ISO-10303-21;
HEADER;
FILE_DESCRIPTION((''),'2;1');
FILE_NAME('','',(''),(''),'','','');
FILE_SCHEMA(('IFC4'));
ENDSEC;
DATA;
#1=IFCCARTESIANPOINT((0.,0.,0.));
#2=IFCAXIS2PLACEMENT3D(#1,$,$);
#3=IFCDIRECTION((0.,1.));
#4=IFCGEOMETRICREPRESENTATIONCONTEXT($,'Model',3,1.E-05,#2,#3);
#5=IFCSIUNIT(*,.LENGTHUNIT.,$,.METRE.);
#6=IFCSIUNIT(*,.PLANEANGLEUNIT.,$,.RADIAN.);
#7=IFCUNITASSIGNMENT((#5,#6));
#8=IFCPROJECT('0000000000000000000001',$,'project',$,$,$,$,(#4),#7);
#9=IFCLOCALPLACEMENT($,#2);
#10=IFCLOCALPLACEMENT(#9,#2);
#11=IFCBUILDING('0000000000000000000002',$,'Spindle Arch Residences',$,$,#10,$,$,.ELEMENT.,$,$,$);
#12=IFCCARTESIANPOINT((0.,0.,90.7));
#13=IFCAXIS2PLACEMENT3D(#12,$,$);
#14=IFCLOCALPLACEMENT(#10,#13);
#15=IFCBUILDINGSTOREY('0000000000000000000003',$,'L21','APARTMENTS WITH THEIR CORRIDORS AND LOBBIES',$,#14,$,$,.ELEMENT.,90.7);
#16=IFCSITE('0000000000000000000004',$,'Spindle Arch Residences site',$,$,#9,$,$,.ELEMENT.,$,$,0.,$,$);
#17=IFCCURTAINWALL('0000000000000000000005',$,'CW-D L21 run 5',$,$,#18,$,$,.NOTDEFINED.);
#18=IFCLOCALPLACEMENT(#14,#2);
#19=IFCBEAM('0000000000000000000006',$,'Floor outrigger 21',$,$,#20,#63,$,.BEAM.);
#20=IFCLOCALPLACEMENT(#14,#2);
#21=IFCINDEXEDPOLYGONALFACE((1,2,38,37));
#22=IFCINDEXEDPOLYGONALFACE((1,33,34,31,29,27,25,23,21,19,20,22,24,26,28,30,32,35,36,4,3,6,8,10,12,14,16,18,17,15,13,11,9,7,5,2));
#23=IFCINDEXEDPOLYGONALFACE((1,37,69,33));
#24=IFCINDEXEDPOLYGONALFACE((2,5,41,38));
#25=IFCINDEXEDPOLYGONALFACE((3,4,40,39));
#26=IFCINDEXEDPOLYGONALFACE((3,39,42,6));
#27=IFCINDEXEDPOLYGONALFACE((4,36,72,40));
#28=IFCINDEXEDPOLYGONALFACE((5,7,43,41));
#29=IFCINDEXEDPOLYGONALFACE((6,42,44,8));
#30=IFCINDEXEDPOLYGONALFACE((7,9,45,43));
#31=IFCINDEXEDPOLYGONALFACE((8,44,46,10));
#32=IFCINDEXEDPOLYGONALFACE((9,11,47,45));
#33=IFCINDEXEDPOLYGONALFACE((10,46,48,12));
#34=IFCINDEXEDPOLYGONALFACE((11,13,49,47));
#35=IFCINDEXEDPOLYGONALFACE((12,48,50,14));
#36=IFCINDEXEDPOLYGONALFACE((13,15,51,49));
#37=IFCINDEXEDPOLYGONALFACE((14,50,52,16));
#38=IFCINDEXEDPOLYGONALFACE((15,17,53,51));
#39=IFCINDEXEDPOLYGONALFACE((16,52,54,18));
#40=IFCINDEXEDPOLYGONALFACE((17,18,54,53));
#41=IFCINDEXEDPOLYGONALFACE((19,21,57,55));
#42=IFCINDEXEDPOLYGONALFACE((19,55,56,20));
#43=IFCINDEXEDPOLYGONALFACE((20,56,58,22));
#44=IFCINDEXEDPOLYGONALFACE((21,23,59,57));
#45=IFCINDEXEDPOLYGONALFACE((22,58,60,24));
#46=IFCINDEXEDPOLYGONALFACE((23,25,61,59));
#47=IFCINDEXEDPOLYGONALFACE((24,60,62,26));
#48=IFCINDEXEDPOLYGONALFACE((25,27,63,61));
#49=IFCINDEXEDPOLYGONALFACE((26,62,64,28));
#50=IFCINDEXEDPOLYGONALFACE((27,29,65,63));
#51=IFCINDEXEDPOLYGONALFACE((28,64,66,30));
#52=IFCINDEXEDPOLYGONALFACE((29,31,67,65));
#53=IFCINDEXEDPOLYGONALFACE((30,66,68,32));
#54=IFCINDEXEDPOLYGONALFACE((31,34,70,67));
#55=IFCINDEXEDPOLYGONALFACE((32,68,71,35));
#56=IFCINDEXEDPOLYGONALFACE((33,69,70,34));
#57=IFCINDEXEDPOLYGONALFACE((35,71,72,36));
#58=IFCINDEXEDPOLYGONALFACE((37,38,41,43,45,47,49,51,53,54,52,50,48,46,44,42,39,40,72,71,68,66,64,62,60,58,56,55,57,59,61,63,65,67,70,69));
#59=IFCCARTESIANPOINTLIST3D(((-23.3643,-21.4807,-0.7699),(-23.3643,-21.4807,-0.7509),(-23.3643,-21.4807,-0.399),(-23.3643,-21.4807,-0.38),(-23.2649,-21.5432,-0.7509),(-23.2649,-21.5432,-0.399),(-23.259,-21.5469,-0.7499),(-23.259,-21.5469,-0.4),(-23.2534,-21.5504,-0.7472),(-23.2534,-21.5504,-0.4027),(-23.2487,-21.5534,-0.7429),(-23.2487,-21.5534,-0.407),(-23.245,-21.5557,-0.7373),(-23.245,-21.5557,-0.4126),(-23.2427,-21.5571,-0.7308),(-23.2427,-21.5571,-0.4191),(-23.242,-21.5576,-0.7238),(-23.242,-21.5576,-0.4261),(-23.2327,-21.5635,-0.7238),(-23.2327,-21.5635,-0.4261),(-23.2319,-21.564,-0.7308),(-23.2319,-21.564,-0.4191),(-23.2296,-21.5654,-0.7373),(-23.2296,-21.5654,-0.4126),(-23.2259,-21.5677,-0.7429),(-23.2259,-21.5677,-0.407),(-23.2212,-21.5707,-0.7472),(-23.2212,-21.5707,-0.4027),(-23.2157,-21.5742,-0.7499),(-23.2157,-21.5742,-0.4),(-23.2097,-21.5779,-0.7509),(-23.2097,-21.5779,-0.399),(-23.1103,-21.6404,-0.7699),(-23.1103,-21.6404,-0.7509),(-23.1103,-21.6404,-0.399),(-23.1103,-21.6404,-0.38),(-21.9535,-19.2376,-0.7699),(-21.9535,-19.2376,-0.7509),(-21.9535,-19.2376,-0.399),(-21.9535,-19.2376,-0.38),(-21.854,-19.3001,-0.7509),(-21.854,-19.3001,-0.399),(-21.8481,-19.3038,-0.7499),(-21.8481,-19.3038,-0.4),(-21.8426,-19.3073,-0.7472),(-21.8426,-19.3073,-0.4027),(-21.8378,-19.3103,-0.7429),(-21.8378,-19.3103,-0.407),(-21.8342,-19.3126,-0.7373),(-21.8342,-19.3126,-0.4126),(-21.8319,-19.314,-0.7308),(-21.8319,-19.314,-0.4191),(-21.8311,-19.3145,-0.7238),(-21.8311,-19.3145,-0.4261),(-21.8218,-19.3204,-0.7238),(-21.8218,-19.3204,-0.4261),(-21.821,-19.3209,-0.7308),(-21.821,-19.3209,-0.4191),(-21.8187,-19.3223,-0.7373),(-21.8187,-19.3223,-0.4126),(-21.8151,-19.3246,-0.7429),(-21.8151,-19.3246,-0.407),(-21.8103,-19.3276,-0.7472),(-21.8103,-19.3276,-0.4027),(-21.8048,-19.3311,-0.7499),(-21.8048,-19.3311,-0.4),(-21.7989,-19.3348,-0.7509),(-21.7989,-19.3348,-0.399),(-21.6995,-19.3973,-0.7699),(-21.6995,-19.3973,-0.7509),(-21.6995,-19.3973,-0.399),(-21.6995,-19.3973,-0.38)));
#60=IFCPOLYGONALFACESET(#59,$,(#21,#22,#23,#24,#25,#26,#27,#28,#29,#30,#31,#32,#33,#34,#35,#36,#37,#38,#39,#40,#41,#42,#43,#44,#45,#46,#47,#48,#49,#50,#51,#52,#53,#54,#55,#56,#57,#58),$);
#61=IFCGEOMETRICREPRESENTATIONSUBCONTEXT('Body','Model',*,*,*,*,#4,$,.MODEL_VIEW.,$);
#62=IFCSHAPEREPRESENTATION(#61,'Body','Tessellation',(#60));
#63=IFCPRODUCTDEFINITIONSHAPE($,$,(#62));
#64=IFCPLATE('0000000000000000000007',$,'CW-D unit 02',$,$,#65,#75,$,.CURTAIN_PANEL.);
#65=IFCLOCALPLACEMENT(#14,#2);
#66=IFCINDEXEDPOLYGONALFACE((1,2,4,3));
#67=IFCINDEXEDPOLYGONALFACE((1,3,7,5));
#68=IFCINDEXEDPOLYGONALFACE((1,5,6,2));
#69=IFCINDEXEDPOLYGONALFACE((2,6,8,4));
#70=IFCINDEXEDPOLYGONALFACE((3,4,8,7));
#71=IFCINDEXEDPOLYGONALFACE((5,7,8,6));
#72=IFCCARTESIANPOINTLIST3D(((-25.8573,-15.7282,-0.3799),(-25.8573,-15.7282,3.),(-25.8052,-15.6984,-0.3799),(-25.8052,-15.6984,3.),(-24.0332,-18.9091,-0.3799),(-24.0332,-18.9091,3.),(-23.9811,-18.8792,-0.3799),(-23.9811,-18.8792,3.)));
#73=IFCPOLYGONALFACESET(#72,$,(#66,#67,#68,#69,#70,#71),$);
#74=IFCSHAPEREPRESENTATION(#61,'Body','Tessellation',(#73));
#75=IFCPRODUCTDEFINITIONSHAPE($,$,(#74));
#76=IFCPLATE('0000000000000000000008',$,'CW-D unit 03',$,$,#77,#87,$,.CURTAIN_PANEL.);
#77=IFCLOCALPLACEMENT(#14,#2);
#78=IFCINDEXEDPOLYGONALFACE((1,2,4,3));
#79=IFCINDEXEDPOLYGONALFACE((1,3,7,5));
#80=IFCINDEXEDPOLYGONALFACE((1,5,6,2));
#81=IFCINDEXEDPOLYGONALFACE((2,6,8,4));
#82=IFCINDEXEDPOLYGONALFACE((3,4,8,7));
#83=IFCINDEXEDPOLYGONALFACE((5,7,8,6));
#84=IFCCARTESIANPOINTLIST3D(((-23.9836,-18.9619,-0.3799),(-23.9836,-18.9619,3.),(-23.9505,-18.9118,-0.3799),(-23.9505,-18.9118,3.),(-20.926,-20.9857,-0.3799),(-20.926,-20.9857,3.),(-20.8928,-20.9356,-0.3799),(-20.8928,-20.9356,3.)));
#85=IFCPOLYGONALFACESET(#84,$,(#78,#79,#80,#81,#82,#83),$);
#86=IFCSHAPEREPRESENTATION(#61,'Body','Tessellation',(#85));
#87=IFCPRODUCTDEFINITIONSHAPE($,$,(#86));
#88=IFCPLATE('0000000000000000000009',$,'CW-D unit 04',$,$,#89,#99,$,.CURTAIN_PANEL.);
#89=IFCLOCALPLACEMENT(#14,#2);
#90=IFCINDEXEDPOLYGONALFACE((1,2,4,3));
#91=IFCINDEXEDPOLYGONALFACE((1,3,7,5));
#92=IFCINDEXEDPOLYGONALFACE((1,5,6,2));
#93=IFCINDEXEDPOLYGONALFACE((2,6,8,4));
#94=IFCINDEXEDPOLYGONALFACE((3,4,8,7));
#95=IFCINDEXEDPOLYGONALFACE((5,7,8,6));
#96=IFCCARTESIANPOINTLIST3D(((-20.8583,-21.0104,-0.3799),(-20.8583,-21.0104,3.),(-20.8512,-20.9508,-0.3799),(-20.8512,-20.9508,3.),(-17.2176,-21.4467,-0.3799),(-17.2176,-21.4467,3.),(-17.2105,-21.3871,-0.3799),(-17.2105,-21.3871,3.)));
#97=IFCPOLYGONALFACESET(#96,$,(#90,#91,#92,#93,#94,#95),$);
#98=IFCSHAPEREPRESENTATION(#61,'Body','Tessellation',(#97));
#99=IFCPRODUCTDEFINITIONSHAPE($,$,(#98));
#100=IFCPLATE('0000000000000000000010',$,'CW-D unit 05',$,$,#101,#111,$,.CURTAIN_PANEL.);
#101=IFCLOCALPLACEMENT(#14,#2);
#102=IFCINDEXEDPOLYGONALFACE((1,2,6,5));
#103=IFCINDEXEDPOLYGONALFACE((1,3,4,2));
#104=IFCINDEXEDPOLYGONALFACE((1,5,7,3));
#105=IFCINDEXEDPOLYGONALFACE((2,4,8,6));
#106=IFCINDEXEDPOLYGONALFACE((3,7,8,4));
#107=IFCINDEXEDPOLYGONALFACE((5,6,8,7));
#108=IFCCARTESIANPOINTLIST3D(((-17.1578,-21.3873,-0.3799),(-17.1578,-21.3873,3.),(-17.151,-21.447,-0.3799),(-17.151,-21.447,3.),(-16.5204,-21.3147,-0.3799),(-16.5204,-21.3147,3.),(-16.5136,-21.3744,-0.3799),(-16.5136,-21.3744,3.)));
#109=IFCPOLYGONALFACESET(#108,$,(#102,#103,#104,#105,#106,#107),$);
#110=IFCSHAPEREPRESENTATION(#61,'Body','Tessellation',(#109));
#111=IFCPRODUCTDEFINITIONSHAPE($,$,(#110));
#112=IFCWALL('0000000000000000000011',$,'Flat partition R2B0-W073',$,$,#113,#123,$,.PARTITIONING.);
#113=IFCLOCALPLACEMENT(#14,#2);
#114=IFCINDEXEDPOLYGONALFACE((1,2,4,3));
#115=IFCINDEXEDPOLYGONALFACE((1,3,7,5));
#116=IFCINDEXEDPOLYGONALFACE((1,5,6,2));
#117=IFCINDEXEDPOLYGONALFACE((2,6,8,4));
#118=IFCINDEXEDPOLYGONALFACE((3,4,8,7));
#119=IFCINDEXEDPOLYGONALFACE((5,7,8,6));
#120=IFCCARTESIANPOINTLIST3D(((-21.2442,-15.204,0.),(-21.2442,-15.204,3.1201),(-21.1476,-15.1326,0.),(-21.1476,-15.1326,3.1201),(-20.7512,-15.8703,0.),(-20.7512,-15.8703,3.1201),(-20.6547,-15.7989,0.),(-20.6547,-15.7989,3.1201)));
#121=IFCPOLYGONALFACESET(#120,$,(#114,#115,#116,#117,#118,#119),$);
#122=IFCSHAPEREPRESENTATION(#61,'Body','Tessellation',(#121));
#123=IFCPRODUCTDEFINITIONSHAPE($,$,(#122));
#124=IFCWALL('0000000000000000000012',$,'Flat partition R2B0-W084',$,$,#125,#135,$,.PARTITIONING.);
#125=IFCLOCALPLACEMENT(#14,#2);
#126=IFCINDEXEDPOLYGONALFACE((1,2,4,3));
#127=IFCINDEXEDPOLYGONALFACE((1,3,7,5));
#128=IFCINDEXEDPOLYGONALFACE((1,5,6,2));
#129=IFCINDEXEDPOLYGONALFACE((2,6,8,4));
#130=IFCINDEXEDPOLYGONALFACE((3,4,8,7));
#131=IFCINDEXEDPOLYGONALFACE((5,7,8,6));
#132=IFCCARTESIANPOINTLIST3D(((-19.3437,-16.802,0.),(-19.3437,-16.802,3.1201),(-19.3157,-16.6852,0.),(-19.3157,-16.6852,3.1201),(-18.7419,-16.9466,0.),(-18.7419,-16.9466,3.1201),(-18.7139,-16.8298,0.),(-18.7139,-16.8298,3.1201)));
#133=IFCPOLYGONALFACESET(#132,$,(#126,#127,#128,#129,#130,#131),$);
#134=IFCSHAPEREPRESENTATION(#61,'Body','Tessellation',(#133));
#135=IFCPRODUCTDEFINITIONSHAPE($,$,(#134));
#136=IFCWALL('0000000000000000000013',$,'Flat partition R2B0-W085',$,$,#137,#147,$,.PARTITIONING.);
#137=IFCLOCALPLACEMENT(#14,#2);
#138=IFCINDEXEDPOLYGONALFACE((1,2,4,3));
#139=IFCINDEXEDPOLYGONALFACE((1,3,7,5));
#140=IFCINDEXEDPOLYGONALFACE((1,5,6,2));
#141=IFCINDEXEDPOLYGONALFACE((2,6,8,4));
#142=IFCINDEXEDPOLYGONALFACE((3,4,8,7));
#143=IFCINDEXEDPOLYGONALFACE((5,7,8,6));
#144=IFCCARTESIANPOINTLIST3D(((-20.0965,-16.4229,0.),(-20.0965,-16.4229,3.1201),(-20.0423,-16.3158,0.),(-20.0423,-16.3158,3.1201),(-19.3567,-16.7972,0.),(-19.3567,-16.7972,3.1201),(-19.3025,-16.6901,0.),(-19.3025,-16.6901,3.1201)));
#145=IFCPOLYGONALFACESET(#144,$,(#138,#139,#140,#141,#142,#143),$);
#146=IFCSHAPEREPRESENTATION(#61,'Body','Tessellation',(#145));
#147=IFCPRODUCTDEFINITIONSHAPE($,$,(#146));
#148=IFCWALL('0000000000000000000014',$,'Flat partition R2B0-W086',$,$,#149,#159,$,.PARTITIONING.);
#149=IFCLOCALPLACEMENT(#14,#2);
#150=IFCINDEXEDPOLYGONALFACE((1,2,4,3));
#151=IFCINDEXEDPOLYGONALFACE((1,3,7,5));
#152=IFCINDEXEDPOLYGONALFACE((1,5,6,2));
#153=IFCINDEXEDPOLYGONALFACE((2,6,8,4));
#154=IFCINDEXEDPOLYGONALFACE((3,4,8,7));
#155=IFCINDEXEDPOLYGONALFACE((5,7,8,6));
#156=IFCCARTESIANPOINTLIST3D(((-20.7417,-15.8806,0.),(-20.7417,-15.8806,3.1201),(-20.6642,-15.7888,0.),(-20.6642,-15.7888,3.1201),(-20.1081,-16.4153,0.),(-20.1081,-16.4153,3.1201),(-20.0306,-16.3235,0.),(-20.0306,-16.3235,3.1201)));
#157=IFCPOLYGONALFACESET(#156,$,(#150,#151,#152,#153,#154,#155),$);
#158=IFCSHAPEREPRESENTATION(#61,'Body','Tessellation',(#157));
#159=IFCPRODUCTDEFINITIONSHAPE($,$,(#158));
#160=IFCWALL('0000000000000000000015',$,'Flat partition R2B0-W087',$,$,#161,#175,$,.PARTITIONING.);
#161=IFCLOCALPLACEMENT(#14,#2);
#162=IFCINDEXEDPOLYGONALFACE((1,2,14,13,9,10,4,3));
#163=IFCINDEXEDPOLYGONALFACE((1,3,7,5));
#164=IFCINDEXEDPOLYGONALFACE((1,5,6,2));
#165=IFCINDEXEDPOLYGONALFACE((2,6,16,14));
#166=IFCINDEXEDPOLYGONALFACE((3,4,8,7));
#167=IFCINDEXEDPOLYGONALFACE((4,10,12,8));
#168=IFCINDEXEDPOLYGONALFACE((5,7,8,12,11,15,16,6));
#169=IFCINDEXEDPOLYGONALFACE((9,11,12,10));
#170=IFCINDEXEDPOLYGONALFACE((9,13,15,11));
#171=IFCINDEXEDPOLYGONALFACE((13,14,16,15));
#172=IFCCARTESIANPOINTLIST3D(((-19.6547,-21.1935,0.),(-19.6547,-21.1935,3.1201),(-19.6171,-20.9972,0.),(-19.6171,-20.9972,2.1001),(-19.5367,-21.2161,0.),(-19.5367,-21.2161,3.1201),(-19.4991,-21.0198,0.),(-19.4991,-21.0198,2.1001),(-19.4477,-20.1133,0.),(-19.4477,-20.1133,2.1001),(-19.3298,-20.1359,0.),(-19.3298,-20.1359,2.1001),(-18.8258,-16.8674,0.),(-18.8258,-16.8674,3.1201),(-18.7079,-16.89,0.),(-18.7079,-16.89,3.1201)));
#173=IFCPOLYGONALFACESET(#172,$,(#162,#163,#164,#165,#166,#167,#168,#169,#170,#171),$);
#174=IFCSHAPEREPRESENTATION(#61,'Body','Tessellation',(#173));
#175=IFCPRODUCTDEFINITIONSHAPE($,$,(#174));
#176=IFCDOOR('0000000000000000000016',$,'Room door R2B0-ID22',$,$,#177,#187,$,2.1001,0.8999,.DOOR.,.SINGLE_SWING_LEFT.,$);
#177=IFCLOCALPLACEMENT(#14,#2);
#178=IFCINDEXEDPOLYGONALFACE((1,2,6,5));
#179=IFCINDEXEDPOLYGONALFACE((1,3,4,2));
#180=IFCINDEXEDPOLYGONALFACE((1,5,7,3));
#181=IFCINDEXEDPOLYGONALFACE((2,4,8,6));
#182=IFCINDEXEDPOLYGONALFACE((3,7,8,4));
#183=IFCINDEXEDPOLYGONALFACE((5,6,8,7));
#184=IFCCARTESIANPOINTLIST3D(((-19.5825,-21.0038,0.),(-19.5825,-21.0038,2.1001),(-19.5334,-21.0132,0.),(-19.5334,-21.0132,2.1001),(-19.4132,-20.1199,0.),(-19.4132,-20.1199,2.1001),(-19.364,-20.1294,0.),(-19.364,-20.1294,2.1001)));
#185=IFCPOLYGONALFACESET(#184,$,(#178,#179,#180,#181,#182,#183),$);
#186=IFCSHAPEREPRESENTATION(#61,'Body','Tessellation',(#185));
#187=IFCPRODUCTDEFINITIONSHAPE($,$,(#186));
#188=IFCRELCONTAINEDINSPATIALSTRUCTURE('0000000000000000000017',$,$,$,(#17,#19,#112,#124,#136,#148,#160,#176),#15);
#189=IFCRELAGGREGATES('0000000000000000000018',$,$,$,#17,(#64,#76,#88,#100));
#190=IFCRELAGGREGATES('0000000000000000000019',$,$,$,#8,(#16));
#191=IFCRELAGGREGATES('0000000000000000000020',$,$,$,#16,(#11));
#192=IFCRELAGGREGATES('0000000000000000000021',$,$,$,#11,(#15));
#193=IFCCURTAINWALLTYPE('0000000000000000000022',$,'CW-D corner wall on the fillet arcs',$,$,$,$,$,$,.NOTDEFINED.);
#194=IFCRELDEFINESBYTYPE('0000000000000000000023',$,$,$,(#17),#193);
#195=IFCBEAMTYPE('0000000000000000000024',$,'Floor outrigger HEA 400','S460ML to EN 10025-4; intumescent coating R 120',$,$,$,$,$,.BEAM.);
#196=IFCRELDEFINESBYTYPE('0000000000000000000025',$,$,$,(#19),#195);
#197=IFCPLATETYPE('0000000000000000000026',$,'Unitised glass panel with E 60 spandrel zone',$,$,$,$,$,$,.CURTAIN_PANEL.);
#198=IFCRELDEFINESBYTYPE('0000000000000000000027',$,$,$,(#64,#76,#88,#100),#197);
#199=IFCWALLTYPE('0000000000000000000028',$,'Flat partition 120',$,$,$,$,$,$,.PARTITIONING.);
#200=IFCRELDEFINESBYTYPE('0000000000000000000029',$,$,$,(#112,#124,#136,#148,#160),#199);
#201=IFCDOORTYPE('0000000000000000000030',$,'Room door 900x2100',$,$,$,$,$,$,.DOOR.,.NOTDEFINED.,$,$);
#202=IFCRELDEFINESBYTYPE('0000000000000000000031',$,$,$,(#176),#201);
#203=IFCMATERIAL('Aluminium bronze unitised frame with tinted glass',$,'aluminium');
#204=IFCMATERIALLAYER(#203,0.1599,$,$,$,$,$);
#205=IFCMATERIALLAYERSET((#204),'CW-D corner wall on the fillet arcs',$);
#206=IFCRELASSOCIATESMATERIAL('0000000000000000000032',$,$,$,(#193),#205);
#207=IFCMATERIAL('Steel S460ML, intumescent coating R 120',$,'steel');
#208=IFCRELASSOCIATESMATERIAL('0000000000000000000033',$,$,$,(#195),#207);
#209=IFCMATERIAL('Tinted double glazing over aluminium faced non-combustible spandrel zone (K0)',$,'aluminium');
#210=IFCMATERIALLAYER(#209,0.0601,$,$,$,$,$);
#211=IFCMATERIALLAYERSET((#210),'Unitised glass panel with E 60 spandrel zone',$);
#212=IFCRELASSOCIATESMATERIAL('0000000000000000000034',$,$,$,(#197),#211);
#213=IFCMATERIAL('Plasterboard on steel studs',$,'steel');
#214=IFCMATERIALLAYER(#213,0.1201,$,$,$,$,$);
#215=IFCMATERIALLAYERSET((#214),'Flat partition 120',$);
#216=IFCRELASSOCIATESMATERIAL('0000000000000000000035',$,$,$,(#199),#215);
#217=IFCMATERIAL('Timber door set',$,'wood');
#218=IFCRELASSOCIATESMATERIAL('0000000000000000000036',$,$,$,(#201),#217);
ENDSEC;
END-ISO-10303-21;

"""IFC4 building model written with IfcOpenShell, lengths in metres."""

from ifc_helpers import new_model, si_unit, direction, frame, frame_2d, origin, origin_2d, place, context, subcontext, project, spatial, rectangle, i_section, extrude, material, layer, layer_set, material_profile, profile_set, type_object, element, fill, aggregate, save


model = new_model("IFC4")

# Units and contexts
model_context = context("Model", 3, precision=1e-05, world=origin(), true_north=direction((0.0, 1.0)))
body_context = subcontext(model_context, "Body", "Model", "MODEL_VIEW")
ifc_project = project(units=[si_unit("LENGTHUNIT", "METRE"), si_unit("PLANEANGLEUNIT", "RADIAN")], contexts=[model_context])

# Site, building, storey
site_placement = place(None, origin())
site = spatial("IfcSite", under=ifc_project, at=site_placement, Name="Spindle Arch Residences site", CompositionType="ELEMENT", RefElevation=0.0)
building_placement = place(site_placement, origin())
building = spatial("IfcBuilding", under=site, at=building_placement, Name="Spindle Arch Residences", CompositionType="ELEMENT")
storey_placement = place(building_placement, frame((0.0, 0.0, 90.7)))
storey = spatial("IfcBuildingStorey", under=building, at=storey_placement, Name="L21", Description="APARTMENTS WITH THEIR CORRIDORS AND LOBBIES", CompositionType="ELEMENT", Elevation=90.7)

# Curtain wall
ifc_material_1 = material(Name="Aluminium bronze unitised frame with tinted glass", Category="aluminium")
ifc_layer_1 = layer(ifc_material_1, 0.1599)
ifc_layer_set_1 = layer_set([ifc_layer_1], Name="CW-D corner wall on the fillet arcs")
curtain_wall_type_1 = type_object("IfcCurtainWallType", Name="CW-D corner wall on the fillet arcs", PredefinedType="NOTDEFINED", material=ifc_layer_set_1)
curtain_wall_1_placement = place(storey_placement, origin())
curtain_wall_1 = element("IfcCurtainWall", 1, at=curtain_wall_1_placement, inside=storey, type_object=curtain_wall_type_1, Name="CW-D L21 run 5", PredefinedType="NOTDEFINED")

# Beam
ifc_material_2 = material(Name="Steel S460ML, intumescent coating R 120", Category="steel")
ifc_material_profile_1 = material_profile(ifc_material_2, i_section(OverallWidth=0.3, OverallDepth=0.3899, WebThickness=0.011, FlangeThickness=0.019, FilletRadius=0.0271, at=origin_2d()), Name="HEA 400")
ifc_profile_set_1 = profile_set([ifc_material_profile_1], Name="Steel S460ML, intumescent coating R 120")
beam_type_1 = type_object("IfcBeamType", Name="Floor outrigger HEA 400", Description="S460ML to EN 10025-4; intumescent coating R 120", PredefinedType="BEAM", material=ifc_profile_set_1)
for number, where, z_axis, x_axis, name in (
    (2, (-23.2373, -21.5605, -0.575), (0.532415, 0.846484, 0.0), (-0.846484, 0.532415, 0.0), "Floor outrigger 21"),
):
    element("IfcBeam", number, at=place(storey_placement, frame(where, z_axis=z_axis, x_axis=x_axis)), inside=storey, type_object=beam_type_1, Name=name, PredefinedType="BEAM", context=body_context, shape_type="SweptSolid", body=[
        extrude(i_section(OverallWidth=0.3, OverallDepth=0.3899, WebThickness=0.011, FlangeThickness=0.019, FilletRadius=0.0271, at=origin_2d()), origin(), (0.0, 0.0, 1.0), 2.6499),
    ])

# Plates
ifc_material_3 = material(Name="Tinted double glazing over aluminium faced non-combustible spandrel zone (K0)", Category="aluminium")
ifc_layer_2 = layer(ifc_material_3, 0.0601)
ifc_layer_set_2 = layer_set([ifc_layer_2], Name="Unitised glass panel with E 60 spandrel zone")
plate_type = type_object("IfcPlateType", Name="Unitised glass panel with E 60 spandrel zone", PredefinedType="CURTAIN_PANEL", material=ifc_layer_set_2)
plate_1_placement = place(storey_placement, frame((-24.9192, -17.3037, -0.3799), z_axis=(0.0, 0.0, 1.0), x_axis=(0.497479, -0.867476, 0.0)))
plate_1 = element("IfcPlate", 3, at=plate_1_placement, type_object=plate_type, Name="CW-D unit 02", PredefinedType="CURTAIN_PANEL", context=body_context, shape_type="SweptSolid", body=[
    extrude(rectangle(XDim=3.6667, YDim=0.0601, at=origin_2d()), origin(), (0.0, 0.0, 1.0), 3.3799),
])
plate_2_placement = place(storey_placement, frame((-22.4382, -19.9487, -0.3799), z_axis=(0.0, 0.0, 1.0), x_axis=(0.833886, -0.551937, 0.0)))
plate_2 = element("IfcPlate", 4, at=plate_2_placement, type_object=plate_type, Name="CW-D unit 03", PredefinedType="CURTAIN_PANEL", context=body_context, shape_type="SweptSolid", body=[
    extrude(rectangle(XDim=3.6667, YDim=0.0601, at=origin_2d()), origin(), (0.0, 0.0, 1.0), 3.3799),
])
plate_3_placement = place(storey_placement, frame((-19.0344, -21.1987, -0.3799), z_axis=(0.0, 0.0, 1.0), x_axis=(0.992896, -0.118982, 0.0)))
plate_3 = element("IfcPlate", 5, at=plate_3_placement, type_object=plate_type, Name="CW-D unit 04", PredefinedType="CURTAIN_PANEL", context=body_context, shape_type="SweptSolid", body=[
    extrude(rectangle(XDim=3.6667, YDim=0.0601, at=origin_2d()), origin(), (0.0, 0.0, 1.0), 3.3799),
])
plate_4_placement = place(storey_placement, frame((-16.8357, -21.3809, -0.3799), z_axis=(0.0, 0.0, 1.0), x_axis=(0.993572, 0.113203, 0.0)))
plate_4 = element("IfcPlate", 6, at=plate_4_placement, type_object=plate_type, Name="CW-D unit 05", PredefinedType="CURTAIN_PANEL", context=body_context, shape_type="SweptSolid", body=[
    extrude(rectangle(XDim=0.6416, YDim=0.0601, at=origin_2d()), origin(), (0.0, 0.0, 1.0), 3.3799),
])
aggregate(curtain_wall_1, [plate_1, plate_2, plate_3, plate_4])

# Walls
ifc_material_4 = material(Name="Plasterboard on steel studs", Category="steel")
ifc_layer_3 = layer(ifc_material_4, 0.1201)
ifc_layer_set_3 = layer_set([ifc_layer_3], Name="Flat partition 120")
wall_type_1 = type_object("IfcWallType", Name="Flat partition 120", PredefinedType="PARTITIONING", material=ifc_layer_set_3)
wall_1_placement = place(storey_placement, frame((-20.7029, -15.8347, 0.0), z_axis=(0.0, 0.0, 1.0), x_axis=(-0.594755, 0.803907, 0.0)))
element("IfcWall", 7, at=wall_1_placement, inside=storey, type_object=wall_type_1, Name="Flat partition R2B0-W073", PredefinedType="PARTITIONING", context=body_context, shape_type="SweptSolid", body=[
    extrude(rectangle(XDim=0.8289, YDim=0.1201, at=frame_2d((0.4146, 0.0))), origin(), (0.0, 0.0, 1.0), 3.1201),
])
wall_2_placement = place(storey_placement, frame((-18.7278, -16.8882, 0.0), z_axis=(0.0, 0.0, 1.0), x_axis=(-0.972351, 0.233522, 0.0)))
element("IfcWall", 8, at=wall_2_placement, inside=storey, type_object=wall_type_1, Name="Flat partition R2B0-W084", PredefinedType="PARTITIONING", context=body_context, shape_type="SweptSolid", body=[
    extrude(rectangle(XDim=0.6189, YDim=0.1201, at=frame_2d((0.3096, 0.0))), origin(), (0.0, 0.0, 1.0), 3.1201),
])
for number, where, z_axis, x_axis, name in (
    (9, (-19.3296, -16.7437, 0.0), (0.0, 0.0, 1.0), (-0.892297, 0.451449, 0.0), "Flat partition R2B0-W085"),
    (10, (-20.0693, -16.3694, 0.0), (0.0, 0.0, 1.0), (-0.764223, 0.644952, 0.0), "Flat partition R2B0-W086"),
):
    element("IfcWall", number, at=place(storey_placement, frame(where, z_axis=z_axis, x_axis=x_axis)), inside=storey, type_object=wall_type_1, Name=name, PredefinedType="PARTITIONING", context=body_context, shape_type="SweptSolid", body=[
        extrude(rectangle(XDim=0.8291, YDim=0.1201, at=frame_2d((0.4146, 0.0))), origin(), (0.0, 0.0, 1.0), 3.1201),
    ])

# Wall, opening, door
wall_3_placement = place(storey_placement, frame((-19.5957, -21.2048, 0.0), z_axis=(0.0, 0.0, 1.0), x_axis=(0.188169, 0.982137, 0.0)))
wall_3 = element("IfcWall", 11, at=wall_3_placement, inside=storey, type_object=wall_type_1, Name="Flat partition R2B0-W087", PredefinedType="PARTITIONING", context=body_context, shape_type="SweptSolid", body=[
    extrude(rectangle(XDim=4.4048, YDim=0.1201, at=frame_2d((2.2024, 0.0))), origin(), (0.0, 0.0, 1.0), 3.1201),
])
opening_1_placement = place(wall_3_placement, frame((0.2, 0.0, 0.0)))
opening_1 = element("IfcOpeningElement", 12, at=opening_1_placement, cuts=wall_3, PredefinedType="OPENING", context=body_context, shape_type="SweptSolid", body=[
    extrude(rectangle(XDim=0.8999, YDim=2.1001, at=frame_2d((0.45, 1.05))), frame((0.0, 0.0701, 0.0), z_axis=(0.0, -1.0, 0.0), x_axis=(1.0, 0.0, 0.0)), (0.0, 0.0, 1.0), 0.1401),
])
ifc_material_5 = material(Name="Timber door set", Category="wood")
door_type = type_object("IfcDoorType", Name="Room door 900x2100", OperationType="NOTDEFINED", PredefinedType="DOOR", material=ifc_material_5)
door_1_placement = place(opening_1_placement, origin())
door_1 = element("IfcDoor", 13, at=door_1_placement, inside=storey, type_object=door_type, Name="Room door R2B0-ID22", OperationType="SINGLE_SWING_LEFT", OverallHeight=2.1001, OverallWidth=0.8999, PredefinedType="DOOR", context=body_context, shape_type="SweptSolid", body=[
    extrude(rectangle(XDim=0.8999, YDim=2.1001, at=frame_2d((0.45, 1.05))), frame((0.0, 0.0249, 0.0), z_axis=(0.0, -1.0, 0.0), x_axis=(1.0, 0.0, 0.0)), (0.0, 0.0, 1.0), 0.05),
])
fill(opening_1, door_1)

save(model, "model.ifc")
